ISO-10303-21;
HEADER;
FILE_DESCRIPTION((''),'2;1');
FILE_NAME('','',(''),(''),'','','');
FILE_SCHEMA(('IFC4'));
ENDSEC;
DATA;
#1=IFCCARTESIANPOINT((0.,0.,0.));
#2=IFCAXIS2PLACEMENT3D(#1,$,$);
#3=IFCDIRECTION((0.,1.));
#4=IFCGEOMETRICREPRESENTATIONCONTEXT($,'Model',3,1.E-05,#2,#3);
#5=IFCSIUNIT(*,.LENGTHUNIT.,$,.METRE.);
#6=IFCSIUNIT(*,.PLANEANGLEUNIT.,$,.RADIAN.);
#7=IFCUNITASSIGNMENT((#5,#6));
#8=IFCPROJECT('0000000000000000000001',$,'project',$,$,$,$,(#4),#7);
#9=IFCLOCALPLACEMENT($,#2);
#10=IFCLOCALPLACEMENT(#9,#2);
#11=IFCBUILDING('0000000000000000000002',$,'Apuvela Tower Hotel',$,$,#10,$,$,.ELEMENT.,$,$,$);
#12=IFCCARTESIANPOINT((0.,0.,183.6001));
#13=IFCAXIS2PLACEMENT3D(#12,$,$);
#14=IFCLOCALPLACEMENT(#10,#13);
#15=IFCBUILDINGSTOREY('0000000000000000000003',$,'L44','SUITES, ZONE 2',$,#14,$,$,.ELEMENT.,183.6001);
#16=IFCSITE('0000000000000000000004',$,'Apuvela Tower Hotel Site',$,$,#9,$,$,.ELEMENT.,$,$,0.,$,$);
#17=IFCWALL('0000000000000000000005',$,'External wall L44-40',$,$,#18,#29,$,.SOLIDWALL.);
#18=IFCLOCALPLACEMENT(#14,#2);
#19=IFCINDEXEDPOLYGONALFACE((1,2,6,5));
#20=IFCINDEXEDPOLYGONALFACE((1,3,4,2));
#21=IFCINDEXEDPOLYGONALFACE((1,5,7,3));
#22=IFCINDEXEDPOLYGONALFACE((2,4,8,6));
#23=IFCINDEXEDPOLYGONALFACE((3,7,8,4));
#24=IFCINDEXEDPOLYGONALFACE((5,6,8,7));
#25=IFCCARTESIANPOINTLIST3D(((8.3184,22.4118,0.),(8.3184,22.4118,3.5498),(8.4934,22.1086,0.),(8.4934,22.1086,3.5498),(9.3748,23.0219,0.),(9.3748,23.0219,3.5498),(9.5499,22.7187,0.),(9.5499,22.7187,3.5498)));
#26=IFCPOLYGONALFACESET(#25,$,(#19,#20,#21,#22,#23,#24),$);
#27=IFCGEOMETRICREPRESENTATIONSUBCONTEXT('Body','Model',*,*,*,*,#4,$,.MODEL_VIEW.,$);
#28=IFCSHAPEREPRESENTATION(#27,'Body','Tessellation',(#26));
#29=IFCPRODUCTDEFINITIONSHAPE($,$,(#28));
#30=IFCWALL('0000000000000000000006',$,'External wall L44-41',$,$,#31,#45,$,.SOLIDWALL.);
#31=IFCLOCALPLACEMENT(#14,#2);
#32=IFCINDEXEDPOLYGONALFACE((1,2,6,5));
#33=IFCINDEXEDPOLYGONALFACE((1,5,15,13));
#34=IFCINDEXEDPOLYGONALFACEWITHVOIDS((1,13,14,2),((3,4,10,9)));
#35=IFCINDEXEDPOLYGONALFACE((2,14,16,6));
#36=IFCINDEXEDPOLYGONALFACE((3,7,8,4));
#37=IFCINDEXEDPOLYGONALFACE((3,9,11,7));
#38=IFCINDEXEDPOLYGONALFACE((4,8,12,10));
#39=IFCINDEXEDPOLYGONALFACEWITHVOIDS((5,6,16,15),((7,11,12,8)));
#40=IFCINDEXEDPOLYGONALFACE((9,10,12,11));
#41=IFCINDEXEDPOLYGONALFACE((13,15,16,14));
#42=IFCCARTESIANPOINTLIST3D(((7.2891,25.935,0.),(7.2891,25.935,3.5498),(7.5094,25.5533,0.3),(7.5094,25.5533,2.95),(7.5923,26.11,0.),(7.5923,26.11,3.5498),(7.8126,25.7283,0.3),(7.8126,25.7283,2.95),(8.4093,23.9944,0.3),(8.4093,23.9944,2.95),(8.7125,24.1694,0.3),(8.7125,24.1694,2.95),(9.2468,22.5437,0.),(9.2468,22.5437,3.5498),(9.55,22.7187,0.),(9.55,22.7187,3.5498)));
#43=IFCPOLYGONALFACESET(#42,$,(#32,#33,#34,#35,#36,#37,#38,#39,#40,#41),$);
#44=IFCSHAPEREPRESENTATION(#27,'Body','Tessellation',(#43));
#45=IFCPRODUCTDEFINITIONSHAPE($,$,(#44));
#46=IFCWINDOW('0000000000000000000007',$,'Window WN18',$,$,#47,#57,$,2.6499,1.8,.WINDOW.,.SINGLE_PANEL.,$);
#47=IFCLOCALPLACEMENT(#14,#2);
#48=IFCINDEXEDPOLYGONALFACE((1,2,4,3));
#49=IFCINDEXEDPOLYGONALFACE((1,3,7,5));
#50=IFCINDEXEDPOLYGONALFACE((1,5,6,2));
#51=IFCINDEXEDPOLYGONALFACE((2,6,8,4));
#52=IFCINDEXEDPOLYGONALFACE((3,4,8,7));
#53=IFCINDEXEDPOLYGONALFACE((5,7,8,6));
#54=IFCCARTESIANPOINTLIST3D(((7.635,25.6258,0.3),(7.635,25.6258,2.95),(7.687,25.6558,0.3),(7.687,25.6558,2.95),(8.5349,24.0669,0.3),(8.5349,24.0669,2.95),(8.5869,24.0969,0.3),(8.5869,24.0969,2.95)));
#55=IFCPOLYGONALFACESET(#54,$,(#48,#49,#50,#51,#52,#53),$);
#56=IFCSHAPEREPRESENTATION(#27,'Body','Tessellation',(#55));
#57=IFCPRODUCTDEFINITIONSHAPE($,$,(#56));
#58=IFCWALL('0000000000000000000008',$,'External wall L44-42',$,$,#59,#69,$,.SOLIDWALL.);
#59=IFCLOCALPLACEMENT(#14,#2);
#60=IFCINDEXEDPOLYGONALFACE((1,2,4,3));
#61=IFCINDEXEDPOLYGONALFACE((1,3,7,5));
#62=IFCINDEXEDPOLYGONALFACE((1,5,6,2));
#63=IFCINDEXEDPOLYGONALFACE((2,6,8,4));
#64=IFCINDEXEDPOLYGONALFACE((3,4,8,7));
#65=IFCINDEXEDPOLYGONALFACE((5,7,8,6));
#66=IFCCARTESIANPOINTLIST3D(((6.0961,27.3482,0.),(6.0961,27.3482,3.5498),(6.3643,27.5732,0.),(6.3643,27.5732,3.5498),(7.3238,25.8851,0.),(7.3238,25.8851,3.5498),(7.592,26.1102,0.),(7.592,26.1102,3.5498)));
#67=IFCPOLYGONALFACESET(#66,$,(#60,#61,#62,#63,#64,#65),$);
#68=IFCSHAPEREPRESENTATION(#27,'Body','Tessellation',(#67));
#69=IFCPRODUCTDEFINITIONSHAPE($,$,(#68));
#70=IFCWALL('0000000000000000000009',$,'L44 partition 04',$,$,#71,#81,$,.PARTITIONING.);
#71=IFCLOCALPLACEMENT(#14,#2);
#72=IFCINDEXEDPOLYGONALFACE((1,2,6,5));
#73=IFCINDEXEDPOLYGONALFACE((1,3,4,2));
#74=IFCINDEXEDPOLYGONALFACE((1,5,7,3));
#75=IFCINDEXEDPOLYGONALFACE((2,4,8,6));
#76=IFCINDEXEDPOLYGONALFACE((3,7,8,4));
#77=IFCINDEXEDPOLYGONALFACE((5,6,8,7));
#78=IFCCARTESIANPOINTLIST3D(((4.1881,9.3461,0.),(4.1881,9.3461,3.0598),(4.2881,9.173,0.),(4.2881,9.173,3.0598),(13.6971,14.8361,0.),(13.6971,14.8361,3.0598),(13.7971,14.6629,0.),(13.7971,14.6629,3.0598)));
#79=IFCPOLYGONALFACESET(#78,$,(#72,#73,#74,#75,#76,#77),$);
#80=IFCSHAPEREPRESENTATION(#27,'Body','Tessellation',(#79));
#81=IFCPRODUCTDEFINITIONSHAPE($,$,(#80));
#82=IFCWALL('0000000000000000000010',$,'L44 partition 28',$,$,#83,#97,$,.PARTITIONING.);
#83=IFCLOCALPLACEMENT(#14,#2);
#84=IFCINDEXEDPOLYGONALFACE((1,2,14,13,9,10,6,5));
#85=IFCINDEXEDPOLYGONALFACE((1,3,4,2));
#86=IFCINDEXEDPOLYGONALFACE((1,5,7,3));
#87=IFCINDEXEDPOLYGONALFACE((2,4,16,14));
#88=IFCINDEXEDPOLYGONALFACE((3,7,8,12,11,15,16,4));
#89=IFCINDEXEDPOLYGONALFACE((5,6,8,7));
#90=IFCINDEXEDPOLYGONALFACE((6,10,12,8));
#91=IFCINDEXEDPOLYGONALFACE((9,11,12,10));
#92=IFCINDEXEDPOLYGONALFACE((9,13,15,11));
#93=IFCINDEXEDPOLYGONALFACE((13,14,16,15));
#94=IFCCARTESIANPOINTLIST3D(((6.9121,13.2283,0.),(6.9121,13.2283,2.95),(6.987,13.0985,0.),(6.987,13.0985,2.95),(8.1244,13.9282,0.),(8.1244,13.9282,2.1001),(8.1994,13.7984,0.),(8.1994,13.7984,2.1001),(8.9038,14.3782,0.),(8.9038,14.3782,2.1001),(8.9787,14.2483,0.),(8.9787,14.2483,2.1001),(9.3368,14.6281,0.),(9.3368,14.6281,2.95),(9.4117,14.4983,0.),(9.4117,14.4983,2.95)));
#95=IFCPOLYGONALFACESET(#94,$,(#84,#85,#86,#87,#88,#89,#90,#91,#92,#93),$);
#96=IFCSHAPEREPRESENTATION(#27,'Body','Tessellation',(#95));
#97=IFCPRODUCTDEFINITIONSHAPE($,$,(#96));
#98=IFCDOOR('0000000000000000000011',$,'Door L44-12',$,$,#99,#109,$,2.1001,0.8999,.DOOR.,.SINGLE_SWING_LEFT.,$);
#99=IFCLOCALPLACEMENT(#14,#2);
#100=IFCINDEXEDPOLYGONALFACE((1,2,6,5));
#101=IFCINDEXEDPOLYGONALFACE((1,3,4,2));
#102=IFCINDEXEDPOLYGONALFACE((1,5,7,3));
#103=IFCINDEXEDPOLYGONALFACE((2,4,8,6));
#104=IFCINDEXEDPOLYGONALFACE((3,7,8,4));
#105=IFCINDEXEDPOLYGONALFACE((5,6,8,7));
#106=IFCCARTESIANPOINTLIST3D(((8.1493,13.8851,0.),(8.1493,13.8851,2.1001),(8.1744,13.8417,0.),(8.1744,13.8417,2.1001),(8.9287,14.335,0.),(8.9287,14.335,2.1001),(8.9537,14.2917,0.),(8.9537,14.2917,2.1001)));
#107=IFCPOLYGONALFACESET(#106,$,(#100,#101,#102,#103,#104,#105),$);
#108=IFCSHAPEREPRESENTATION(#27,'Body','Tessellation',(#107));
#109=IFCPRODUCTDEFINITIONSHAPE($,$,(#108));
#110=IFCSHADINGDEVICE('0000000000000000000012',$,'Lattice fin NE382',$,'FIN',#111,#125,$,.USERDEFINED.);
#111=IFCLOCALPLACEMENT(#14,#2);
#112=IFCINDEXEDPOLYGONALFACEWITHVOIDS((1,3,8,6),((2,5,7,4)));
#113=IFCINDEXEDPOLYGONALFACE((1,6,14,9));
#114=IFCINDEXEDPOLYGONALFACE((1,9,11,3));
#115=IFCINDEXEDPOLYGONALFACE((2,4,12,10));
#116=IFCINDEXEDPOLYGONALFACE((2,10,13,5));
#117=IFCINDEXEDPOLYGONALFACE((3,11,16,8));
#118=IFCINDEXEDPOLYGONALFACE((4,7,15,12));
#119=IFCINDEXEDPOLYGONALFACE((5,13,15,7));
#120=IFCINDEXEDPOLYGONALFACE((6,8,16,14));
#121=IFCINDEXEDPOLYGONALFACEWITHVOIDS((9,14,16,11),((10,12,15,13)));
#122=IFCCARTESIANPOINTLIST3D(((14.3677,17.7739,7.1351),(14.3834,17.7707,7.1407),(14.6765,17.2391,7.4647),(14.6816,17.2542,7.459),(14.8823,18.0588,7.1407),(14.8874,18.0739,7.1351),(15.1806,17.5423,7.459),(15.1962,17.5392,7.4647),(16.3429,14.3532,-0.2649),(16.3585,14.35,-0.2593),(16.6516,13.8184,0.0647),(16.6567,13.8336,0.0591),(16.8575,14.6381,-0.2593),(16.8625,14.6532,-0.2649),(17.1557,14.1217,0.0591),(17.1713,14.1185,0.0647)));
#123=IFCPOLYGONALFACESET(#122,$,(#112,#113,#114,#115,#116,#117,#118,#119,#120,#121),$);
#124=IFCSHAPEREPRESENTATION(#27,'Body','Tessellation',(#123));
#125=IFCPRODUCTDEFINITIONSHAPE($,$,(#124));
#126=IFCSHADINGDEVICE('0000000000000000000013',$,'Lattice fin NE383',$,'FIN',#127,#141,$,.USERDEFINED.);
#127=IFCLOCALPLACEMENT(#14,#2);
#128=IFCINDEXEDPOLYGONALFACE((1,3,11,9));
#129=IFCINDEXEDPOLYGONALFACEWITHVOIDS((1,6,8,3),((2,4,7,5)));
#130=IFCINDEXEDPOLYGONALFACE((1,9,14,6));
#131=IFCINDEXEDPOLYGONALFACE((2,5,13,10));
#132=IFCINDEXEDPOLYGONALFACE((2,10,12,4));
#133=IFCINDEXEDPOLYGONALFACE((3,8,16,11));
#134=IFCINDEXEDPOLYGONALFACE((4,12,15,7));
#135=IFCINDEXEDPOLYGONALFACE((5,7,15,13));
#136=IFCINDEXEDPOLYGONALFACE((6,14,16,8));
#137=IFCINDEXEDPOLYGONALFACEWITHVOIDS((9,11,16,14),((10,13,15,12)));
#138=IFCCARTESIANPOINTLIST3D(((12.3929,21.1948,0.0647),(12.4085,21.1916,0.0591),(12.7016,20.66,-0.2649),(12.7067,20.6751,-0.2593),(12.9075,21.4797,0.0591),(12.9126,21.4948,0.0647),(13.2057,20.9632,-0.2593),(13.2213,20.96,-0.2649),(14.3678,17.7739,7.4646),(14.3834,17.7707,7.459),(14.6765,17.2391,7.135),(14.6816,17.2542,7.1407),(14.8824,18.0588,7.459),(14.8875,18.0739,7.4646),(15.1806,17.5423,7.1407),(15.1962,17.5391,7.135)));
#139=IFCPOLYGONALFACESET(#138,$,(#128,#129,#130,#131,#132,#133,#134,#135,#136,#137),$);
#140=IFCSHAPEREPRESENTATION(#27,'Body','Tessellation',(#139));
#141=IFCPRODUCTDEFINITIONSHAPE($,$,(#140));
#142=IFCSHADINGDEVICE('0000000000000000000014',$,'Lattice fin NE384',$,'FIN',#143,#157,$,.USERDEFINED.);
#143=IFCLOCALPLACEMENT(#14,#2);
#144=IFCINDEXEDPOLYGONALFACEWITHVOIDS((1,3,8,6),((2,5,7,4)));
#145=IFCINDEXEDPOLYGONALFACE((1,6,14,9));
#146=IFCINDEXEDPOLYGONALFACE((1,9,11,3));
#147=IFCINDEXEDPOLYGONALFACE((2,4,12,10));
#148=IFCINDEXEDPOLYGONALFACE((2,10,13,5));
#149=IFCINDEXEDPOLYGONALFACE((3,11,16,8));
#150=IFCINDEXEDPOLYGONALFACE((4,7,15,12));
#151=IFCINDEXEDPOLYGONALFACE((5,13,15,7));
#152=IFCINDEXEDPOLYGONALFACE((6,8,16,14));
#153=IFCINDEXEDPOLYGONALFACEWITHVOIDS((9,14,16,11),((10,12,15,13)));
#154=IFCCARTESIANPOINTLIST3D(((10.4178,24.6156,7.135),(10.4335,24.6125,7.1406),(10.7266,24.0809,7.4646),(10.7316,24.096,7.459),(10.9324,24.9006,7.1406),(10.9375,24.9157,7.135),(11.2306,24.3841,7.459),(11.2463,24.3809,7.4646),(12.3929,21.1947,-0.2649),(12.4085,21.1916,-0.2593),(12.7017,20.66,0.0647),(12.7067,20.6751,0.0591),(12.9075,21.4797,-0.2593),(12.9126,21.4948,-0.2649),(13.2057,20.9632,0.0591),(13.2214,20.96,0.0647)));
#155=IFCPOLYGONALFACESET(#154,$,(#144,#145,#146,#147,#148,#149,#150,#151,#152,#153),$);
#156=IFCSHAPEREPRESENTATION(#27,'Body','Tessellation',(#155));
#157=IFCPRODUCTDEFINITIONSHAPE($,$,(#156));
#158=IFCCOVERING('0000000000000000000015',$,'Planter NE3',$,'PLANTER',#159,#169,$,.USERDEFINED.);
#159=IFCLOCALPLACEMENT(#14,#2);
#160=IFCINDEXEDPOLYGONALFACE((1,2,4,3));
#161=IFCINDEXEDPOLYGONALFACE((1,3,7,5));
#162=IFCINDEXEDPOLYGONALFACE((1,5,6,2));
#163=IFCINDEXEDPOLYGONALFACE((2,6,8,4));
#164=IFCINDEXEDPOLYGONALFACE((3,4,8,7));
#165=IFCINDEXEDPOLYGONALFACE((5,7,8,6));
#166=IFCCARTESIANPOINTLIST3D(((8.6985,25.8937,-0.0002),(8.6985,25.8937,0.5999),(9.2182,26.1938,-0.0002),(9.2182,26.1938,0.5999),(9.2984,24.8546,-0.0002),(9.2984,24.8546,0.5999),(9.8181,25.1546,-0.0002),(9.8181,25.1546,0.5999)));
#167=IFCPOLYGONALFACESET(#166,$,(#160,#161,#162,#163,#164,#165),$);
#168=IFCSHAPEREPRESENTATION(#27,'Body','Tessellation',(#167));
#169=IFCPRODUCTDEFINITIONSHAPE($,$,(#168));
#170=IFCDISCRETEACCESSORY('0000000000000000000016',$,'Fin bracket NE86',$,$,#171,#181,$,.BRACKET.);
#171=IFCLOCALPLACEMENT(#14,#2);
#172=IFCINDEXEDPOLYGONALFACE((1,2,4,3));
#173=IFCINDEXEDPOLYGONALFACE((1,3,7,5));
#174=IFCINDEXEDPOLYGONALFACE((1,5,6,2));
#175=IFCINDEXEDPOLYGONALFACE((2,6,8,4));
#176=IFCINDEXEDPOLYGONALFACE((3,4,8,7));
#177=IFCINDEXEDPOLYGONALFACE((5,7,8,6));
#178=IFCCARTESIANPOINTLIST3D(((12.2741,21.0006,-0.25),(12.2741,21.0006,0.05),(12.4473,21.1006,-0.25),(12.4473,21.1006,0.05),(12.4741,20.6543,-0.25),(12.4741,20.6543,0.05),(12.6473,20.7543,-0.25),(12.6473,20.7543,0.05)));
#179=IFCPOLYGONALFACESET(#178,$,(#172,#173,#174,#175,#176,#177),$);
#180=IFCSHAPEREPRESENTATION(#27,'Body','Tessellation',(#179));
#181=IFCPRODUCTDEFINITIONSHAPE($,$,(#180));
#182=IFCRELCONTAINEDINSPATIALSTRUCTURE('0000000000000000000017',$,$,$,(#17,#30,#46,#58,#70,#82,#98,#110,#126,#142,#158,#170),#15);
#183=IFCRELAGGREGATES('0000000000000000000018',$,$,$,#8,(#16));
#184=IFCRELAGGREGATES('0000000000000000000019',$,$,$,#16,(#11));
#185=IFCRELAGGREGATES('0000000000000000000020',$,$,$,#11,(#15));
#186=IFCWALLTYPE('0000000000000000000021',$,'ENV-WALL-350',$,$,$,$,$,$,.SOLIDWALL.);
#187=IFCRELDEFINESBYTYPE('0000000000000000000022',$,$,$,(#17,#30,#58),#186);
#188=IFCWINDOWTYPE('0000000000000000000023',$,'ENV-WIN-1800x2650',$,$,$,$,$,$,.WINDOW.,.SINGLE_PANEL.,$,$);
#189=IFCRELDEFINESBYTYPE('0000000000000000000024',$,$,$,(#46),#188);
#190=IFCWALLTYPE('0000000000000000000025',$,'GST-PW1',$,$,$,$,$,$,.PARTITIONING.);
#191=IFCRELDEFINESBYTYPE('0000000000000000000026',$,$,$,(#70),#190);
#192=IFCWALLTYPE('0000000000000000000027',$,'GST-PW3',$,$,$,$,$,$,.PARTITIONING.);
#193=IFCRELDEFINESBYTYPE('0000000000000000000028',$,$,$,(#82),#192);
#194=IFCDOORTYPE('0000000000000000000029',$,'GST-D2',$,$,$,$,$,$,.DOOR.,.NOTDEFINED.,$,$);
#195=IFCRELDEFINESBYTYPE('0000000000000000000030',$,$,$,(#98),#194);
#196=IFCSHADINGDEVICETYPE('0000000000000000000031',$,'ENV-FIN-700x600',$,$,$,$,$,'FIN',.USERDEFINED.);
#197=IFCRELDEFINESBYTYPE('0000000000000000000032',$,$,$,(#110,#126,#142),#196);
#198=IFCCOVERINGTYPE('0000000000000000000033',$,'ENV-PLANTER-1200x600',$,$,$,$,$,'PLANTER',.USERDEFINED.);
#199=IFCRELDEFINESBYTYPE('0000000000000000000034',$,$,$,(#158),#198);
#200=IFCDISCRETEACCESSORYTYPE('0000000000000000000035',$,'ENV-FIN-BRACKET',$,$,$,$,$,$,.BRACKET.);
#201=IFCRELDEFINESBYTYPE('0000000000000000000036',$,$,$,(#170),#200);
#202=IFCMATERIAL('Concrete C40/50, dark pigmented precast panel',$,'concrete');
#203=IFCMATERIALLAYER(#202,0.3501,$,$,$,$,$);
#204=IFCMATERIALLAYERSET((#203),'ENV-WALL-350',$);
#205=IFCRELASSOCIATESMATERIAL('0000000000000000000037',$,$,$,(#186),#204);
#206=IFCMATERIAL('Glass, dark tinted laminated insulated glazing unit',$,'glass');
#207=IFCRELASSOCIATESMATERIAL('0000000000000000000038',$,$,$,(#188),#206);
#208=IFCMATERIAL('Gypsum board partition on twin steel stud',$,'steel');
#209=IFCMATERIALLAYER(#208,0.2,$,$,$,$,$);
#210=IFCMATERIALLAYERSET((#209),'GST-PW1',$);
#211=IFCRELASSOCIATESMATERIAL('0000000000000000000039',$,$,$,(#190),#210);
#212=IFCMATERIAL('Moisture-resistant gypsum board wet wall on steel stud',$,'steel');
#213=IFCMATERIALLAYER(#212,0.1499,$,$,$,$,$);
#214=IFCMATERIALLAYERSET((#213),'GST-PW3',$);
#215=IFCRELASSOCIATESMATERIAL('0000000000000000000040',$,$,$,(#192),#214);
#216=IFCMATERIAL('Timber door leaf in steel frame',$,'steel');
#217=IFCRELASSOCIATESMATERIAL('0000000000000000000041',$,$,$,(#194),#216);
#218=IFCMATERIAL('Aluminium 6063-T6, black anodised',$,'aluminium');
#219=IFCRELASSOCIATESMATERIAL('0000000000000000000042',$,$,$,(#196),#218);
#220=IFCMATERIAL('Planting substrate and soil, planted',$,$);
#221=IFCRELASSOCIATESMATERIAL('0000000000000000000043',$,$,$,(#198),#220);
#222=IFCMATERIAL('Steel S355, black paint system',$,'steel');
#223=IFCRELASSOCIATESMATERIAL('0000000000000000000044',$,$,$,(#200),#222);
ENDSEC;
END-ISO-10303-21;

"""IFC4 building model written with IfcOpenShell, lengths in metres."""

from ifc_helpers import new_model, si_unit, direction, frame, frame_2d, origin, origin_2d, place, context, subcontext, project, spatial, rectangle, hollow_rectangle, extrude, material, layer, layer_set, material_profile, profile_set, type_object, element, fill, save


model = new_model("IFC4")

# Units and contexts
model_context = context("Model", 3, precision=1e-05, world=origin(), true_north=direction((0.0, 1.0)))
body_context = subcontext(model_context, "Body", "Model", "MODEL_VIEW")
ifc_project = project(units=[si_unit("LENGTHUNIT", "METRE"), si_unit("PLANEANGLEUNIT", "RADIAN")], contexts=[model_context])

# Site, building, storey
site_placement = place(None, origin())
site = spatial("IfcSite", under=ifc_project, at=site_placement, Name="Apuvela Tower Hotel Site", CompositionType="ELEMENT", RefElevation=0.0)
building_placement = place(site_placement, origin())
building = spatial("IfcBuilding", under=site, at=building_placement, Name="Apuvela Tower Hotel", CompositionType="ELEMENT")
storey_placement = place(building_placement, frame((0.0, 0.0, 183.6001)))
storey = spatial("IfcBuildingStorey", under=building, at=storey_placement, Name="L44", Description="SUITES, ZONE 2", CompositionType="ELEMENT", Elevation=183.6001)

# Shared definitions
ifc_material_1 = material(Name="Concrete C40/50, dark pigmented precast panel", Category="concrete")
ifc_layer_1 = layer(ifc_material_1, 0.3501)
ifc_layer_set_1 = layer_set([ifc_layer_1], Name="ENV-WALL-350")
wall_type_1 = type_object("IfcWallType", Name="ENV-WALL-350", PredefinedType="SOLIDWALL", material=ifc_layer_set_1)

# Shared definitions
ifc_material_2 = material(Name="Glass, dark tinted laminated insulated glazing unit", Category="glass")

# Wall
wall_1_placement = place(storey_placement, frame((8.406, 22.2603, 0.0), z_axis=(0.0, 0.0, 1.0), x_axis=(0.865956, 0.500121, 0.0)))
element("IfcWall", 1, at=wall_1_placement, inside=storey, type_object=wall_type_1, Name="External wall L44-40", PredefinedType="SOLIDWALL", context=body_context, shape_type="SweptSolid", body=[
    extrude(rectangle(XDim=1.22, YDim=0.3501, at=frame_2d((0.6099, 0.0))), origin(), (0.0, 0.0, 1.0), 3.5498),
])

# Wall, opening, window
wall_2_placement = place(storey_placement, frame((9.3984, 22.6311, 0.0), z_axis=(0.0, 0.0, 1.0), x_axis=(-0.499955, 0.866052, 0.0)))
wall_2 = element("IfcWall", 2, at=wall_2_placement, inside=storey, type_object=wall_type_1, Name="External wall L44-41", PredefinedType="SOLIDWALL", context=body_context, shape_type="SweptSolid", body=[
    extrude(rectangle(XDim=3.9158, YDim=0.3501, at=frame_2d((1.958, 0.0))), origin(), (0.0, 0.0, 1.0), 3.5498),
])
opening_1_placement = place(wall_2_placement, frame((1.6753, 0.0, 0.3)))
opening_1 = element("IfcOpeningElement", 3, at=opening_1_placement, cuts=wall_2, PredefinedType="OPENING", context=body_context, shape_type="SweptSolid", body=[
    extrude(rectangle(XDim=1.8, YDim=2.6499, at=frame_2d((0.8999, 1.325))), frame((0.0, 0.1851, 0.0), z_axis=(0.0, -1.0, 0.0), x_axis=(1.0, 0.0, 0.0)), (0.0, 0.0, 1.0), 0.3701),
])
window_type_1 = type_object("IfcWindowType", Name="ENV-WIN-1800x2650", PartitioningType="SINGLE_PANEL", PredefinedType="WINDOW", material=ifc_material_2)
window_1_placement = place(opening_1_placement, origin())
window_1 = element("IfcWindow", 4, at=window_1_placement, inside=storey, type_object=window_type_1, Name="Window WN18", OverallHeight=2.6499, OverallWidth=1.8, PartitioningType="SINGLE_PANEL", PredefinedType="WINDOW", context=body_context, shape_type="SweptSolid", body=[
    extrude(rectangle(XDim=1.8, YDim=2.6499, at=frame_2d((0.8999, 1.325))), frame((0.0, 0.03, 0.0), z_axis=(0.0, -1.0, 0.0), x_axis=(1.0, 0.0, 0.0)), (0.0, 0.0, 1.0), 0.0601),
])
fill(opening_1, window_1)

# Walls
wall_3_placement = place(storey_placement, frame((7.458, 25.9976, 0.0), z_axis=(0.0, 0.0, 1.0), x_axis=(-0.642808, 0.766027, 0.0)))
element("IfcWall", 5, at=wall_3_placement, inside=storey, type_object=wall_type_1, Name="External wall L44-42", PredefinedType="SOLIDWALL", context=body_context, shape_type="SweptSolid", body=[
    extrude(rectangle(XDim=1.9099, YDim=0.3501, at=frame_2d((0.9551, 0.0))), origin(), (0.0, 0.0, 1.0), 3.5498),
])
ifc_material_3 = material(Name="Gypsum board partition on twin steel stud", Category="steel")
ifc_layer_2 = layer(ifc_material_3, 0.2)
ifc_layer_set_2 = layer_set([ifc_layer_2], Name="GST-PW1")
wall_type_2 = type_object("IfcWallType", Name="GST-PW1", PredefinedType="PARTITIONING", material=ifc_layer_set_2)
wall_4_placement = place(storey_placement, frame((13.7471, 14.7495, 0.0), z_axis=(0.0, 0.0, 1.0), x_axis=(-0.866027, -0.499996, 0.0)))
element("IfcWall", 6, at=wall_4_placement, inside=storey, type_object=wall_type_2, Name="L44 partition 04", PredefinedType="PARTITIONING", context=body_context, shape_type="SweptSolid", body=[
    extrude(rectangle(XDim=10.98, YDim=0.2, at=frame_2d((5.49, 0.0))), origin(), (0.0, 0.0, 1.0), 3.0598),
])

# Wall, opening, door
ifc_material_4 = material(Name="Moisture-resistant gypsum board wet wall on steel stud", Category="steel")
ifc_layer_3 = layer(ifc_material_4, 0.1499)
ifc_layer_set_3 = layer_set([ifc_layer_3], Name="GST-PW3")
wall_type_3 = type_object("IfcWallType", Name="GST-PW3", PredefinedType="PARTITIONING", material=ifc_layer_set_3)
wall_5_placement = place(storey_placement, frame((9.3743, 14.5632, 0.0), z_axis=(0.0, 0.0, 1.0), x_axis=(-0.866035, -0.499984, 0.0)))
wall_5 = element("IfcWall", 7, at=wall_5_placement, inside=storey, type_object=wall_type_3, Name="L44 partition 28", PredefinedType="PARTITIONING", context=body_context, shape_type="SweptSolid", body=[
    extrude(rectangle(XDim=2.7998, YDim=0.1499, at=frame_2d((1.3999, 0.0))), origin(), (0.0, 0.0, 1.0), 2.95),
])
opening_2_placement = place(wall_5_placement, frame((0.5, 0.0, 0.0)))
opening_2 = element("IfcOpeningElement", 8, at=opening_2_placement, cuts=wall_5, PredefinedType="OPENING", context=body_context, shape_type="SweptSolid", body=[
    extrude(rectangle(XDim=0.8999, YDim=2.1001, at=frame_2d((0.45, 1.05))), frame((0.0, 0.085, 0.0), z_axis=(0.0, -1.0, 0.0), x_axis=(1.0, 0.0, 0.0)), (0.0, 0.0, 1.0), 0.1699),
])
ifc_material_5 = material(Name="Timber door leaf in steel frame", Category="steel")
door_type_1 = type_object("IfcDoorType", Name="GST-D2", OperationType="NOTDEFINED", PredefinedType="DOOR", material=ifc_material_5)
door_1_placement = place(opening_2_placement, origin())
door_1 = element("IfcDoor", 9, at=door_1_placement, inside=storey, type_object=door_type_1, Name="Door L44-12", OperationType="SINGLE_SWING_LEFT", OverallHeight=2.1001, OverallWidth=0.8999, PredefinedType="DOOR", context=body_context, shape_type="SweptSolid", body=[
    extrude(rectangle(XDim=0.8999, YDim=2.1001, at=frame_2d((0.45, 1.05))), frame((0.0, 0.0249, 0.0), z_axis=(0.0, -1.0, 0.0), x_axis=(1.0, 0.0, 0.0)), (0.0, 0.0, 1.0), 0.05),
])
fill(opening_2, door_1)

# Shading devices
ifc_material_6 = material(Name="Aluminium 6063-T6, black anodised", Category="aluminium")
ifc_material_profile_1 = material_profile(ifc_material_6, hollow_rectangle(XDim=0.6001, YDim=0.7, WallThickness=0.012, at=origin_2d()), Name="AL BOX 700x600x12")
ifc_profile_set_1 = profile_set([ifc_material_profile_1], Name="Aluminium 6063-T6, black anodised")
shading_device_type = type_object("IfcShadingDeviceType", Name="ENV-FIN-700x600", ElementType="FIN", PredefinedType="USERDEFINED", material=ifc_profile_set_1)
for number, where, z_axis, x_axis, name in (
    (10, (16.7571, 14.2358, -0.1001), (-0.235464, 0.407798, 0.882189), (-0.866005, -0.500035, 0.0), "Lattice fin NE382"),
    (11, (12.8071, 21.0774, -0.1001), (0.235434, -0.407825, 0.882185), (0.866048, 0.499961, 0.0), "Lattice fin NE383"),
    (12, (12.8071, 21.0774, -0.1001), (-0.235461, 0.407822, 0.882179), (-0.866021, -0.500008, 0.0), "Lattice fin NE384"),
):
    element("IfcShadingDevice", number, at=place(storey_placement, frame(where, z_axis=z_axis, x_axis=x_axis)), inside=storey, type_object=shading_device_type, Name=name, ObjectType="FIN", PredefinedType="USERDEFINED", context=body_context, shape_type="SweptSolid", body=[
        extrude(hollow_rectangle(XDim=0.6001, YDim=0.7, WallThickness=0.012, at=origin_2d()), origin(), (0.0, 0.0, 1.0), 8.3882),
    ])

# Covering
ifc_material_7 = material(Name="Planting substrate and soil, planted")
covering_type = type_object("IfcCoveringType", Name="ENV-PLANTER-1200x600", ElementType="PLANTER", PredefinedType="USERDEFINED", material=ifc_material_7)
covering_placement = place(storey_placement, frame((9.2583, 25.5242, -0.0002), z_axis=(0.0, 0.0, 1.0), x_axis=(-0.5, 0.866025, 0.0)))
element("IfcCovering", 13, at=covering_placement, inside=storey, type_object=covering_type, Name="Planter NE3", ObjectType="PLANTER", PredefinedType="USERDEFINED", context=body_context, shape_type="SweptSolid", body=[
    extrude(rectangle(XDim=1.2, YDim=0.6001, at=origin_2d()), origin(), (0.0, 0.0, 1.0), 0.6001),
])

# Discrete accessory
ifc_material_8 = material(Name="Steel S355, black paint system", Category="steel")
discrete_accessory_type = type_object("IfcDiscreteAccessoryType", Name="ENV-FIN-BRACKET", PredefinedType="BRACKET", material=ifc_material_8)
discrete_accessory_placement = place(storey_placement, frame((12.4607, 20.8774, -0.25), z_axis=(0.0, 0.0, 1.0), x_axis=(-0.5, 0.866025, 0.0)))
element("IfcDiscreteAccessory", 14, at=discrete_accessory_placement, inside=storey, type_object=discrete_accessory_type, Name="Fin bracket NE86", PredefinedType="BRACKET", context=body_context, shape_type="SweptSolid", body=[
    extrude(rectangle(XDim=0.3999, YDim=0.2, at=origin_2d()), origin(), (0.0, 0.0, 1.0), 0.3),
])

save(model, "model.ifc")
